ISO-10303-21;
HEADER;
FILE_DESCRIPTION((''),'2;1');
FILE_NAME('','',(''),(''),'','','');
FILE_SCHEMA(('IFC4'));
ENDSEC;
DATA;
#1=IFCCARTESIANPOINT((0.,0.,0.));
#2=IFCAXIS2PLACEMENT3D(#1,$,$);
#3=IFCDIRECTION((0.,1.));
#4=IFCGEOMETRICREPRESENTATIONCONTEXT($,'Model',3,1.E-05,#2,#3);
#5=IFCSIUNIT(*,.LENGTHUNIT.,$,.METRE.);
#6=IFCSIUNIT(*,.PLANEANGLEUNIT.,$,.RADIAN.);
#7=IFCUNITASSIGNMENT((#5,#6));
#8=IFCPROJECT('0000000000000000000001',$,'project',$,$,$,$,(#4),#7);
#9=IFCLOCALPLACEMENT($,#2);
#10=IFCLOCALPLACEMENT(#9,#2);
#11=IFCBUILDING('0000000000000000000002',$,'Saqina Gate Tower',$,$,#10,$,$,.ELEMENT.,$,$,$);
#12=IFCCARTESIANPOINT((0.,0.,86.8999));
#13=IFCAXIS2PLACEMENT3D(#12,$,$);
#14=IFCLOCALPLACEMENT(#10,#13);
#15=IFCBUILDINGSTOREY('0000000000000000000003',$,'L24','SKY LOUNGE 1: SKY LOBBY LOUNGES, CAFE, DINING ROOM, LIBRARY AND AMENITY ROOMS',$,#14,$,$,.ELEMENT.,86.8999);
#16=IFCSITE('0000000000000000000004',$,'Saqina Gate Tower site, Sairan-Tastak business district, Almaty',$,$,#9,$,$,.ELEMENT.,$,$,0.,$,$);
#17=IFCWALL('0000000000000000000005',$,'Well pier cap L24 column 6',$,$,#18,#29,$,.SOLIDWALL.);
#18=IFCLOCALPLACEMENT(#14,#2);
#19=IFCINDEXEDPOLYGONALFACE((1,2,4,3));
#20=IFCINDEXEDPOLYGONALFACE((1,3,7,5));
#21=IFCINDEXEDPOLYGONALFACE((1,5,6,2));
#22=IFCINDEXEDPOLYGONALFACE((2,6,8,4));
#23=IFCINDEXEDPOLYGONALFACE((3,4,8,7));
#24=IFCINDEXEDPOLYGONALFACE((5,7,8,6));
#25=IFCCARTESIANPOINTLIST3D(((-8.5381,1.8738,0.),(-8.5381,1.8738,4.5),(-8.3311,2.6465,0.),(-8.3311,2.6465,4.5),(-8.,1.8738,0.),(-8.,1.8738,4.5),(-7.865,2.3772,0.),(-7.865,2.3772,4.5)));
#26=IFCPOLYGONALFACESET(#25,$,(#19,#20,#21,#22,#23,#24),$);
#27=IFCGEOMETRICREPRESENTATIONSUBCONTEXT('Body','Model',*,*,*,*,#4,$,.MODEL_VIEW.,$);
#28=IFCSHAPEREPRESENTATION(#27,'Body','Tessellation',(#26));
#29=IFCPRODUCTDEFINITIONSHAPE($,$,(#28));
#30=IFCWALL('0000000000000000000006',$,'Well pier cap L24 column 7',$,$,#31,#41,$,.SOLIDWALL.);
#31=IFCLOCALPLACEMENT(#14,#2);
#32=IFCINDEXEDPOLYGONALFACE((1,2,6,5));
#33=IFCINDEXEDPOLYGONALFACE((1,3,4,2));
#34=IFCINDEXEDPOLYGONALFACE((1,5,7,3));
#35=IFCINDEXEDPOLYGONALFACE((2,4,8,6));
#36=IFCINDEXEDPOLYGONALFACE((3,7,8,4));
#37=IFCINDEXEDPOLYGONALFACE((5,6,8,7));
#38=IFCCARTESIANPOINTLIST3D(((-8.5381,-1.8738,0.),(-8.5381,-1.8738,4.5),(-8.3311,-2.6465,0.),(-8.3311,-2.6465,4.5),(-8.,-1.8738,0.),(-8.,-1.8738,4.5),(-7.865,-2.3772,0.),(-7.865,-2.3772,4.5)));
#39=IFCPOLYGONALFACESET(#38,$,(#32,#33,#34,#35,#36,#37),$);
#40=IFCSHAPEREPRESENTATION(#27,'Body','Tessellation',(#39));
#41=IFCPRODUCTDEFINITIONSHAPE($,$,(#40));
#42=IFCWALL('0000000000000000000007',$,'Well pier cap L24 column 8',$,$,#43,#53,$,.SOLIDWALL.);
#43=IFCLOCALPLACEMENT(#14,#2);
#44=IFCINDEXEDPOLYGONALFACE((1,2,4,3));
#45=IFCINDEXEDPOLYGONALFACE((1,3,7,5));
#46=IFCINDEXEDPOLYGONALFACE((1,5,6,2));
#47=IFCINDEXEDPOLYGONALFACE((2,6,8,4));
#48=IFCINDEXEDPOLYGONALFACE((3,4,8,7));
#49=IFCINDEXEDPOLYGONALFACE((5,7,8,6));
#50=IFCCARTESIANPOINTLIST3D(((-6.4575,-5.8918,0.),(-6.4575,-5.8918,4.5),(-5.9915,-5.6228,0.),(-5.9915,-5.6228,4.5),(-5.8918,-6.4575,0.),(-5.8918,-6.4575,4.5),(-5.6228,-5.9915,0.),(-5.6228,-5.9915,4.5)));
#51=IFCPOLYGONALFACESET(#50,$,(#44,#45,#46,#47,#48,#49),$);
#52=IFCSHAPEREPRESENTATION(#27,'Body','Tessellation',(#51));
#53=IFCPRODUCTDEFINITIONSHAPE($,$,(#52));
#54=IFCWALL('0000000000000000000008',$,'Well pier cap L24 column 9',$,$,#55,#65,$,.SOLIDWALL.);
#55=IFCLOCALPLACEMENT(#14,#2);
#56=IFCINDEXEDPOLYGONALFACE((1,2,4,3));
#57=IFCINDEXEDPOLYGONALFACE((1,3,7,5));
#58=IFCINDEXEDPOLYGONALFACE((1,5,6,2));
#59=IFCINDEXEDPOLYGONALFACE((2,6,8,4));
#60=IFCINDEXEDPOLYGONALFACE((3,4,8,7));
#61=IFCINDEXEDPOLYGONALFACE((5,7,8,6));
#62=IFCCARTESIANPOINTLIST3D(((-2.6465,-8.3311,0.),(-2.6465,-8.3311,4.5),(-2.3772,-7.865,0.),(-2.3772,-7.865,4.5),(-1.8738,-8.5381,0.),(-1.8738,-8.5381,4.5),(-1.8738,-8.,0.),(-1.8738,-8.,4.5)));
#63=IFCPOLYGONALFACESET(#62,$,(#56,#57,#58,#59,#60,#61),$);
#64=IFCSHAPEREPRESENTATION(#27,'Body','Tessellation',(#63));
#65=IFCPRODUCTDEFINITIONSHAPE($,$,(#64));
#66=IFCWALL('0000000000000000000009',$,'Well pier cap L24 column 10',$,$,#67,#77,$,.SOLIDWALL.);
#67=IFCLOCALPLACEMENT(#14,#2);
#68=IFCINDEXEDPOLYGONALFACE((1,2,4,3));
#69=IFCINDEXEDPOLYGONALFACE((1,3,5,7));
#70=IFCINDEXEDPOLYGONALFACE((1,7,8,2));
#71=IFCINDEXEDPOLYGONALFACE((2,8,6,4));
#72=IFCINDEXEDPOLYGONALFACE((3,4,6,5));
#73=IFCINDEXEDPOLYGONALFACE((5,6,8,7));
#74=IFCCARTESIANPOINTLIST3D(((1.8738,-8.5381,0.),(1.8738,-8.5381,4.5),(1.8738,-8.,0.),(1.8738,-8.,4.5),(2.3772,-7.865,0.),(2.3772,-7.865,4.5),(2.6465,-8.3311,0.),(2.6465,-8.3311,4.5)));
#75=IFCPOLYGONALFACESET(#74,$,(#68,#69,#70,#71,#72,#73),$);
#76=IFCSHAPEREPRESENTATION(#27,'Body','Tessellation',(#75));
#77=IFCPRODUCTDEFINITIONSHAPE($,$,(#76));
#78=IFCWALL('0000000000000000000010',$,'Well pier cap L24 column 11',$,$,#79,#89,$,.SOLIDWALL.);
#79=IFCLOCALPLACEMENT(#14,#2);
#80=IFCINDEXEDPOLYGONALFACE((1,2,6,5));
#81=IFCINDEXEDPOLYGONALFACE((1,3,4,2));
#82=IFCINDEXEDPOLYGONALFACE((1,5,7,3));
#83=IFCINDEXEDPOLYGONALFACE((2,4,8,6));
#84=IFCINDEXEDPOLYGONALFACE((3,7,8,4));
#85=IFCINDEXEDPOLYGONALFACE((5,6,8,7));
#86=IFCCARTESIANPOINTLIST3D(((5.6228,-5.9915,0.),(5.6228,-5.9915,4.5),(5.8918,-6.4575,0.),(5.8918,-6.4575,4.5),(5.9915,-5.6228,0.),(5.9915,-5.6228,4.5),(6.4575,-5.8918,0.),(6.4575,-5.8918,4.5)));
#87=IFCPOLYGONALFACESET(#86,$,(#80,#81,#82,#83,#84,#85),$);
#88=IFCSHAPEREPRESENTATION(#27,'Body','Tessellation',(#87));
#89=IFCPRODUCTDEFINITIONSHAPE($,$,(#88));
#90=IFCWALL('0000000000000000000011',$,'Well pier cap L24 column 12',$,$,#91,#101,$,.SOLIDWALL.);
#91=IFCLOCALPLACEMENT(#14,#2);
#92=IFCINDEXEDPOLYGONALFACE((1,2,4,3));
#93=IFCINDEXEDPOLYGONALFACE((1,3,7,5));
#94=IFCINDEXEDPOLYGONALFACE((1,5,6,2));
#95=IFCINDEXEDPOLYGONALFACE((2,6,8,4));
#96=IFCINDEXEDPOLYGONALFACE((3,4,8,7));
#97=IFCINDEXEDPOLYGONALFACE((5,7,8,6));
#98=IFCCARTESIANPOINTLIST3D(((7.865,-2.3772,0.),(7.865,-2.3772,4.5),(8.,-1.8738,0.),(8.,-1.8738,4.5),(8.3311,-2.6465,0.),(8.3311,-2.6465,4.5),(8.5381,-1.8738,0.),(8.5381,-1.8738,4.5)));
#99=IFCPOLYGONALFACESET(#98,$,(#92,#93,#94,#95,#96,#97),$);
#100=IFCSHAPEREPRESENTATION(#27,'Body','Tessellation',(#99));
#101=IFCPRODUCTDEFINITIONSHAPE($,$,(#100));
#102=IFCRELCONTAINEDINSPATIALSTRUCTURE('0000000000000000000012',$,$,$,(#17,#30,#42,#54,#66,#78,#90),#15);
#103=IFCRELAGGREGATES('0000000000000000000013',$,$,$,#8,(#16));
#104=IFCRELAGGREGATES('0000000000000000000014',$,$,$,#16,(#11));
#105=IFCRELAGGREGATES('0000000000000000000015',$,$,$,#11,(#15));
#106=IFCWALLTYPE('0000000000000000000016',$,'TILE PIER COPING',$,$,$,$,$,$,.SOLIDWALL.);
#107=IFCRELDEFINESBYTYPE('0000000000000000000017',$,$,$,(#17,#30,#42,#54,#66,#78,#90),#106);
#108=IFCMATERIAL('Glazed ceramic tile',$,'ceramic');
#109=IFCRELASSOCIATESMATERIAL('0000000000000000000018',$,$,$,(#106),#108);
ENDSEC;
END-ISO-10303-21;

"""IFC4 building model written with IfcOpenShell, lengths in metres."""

from ifc_helpers import new_model, si_unit, direction, frame, origin, place, context, subcontext, project, spatial, polyline, outline, extrude, material, type_object, element, save


model = new_model("IFC4")

# Units and contexts
model_context = context("Model", 3, precision=1e-05, world=origin(), true_north=direction((0.0, 1.0)))
body_context = subcontext(model_context, "Body", "Model", "MODEL_VIEW")
ifc_project = project(units=[si_unit("LENGTHUNIT", "METRE"), si_unit("PLANEANGLEUNIT", "RADIAN")], contexts=[model_context])

# Site, building, storey
site_placement = place(None, origin())
site = spatial("IfcSite", under=ifc_project, at=site_placement, Name="Saqina Gate Tower site, Sairan-Tastak business district, Almaty", CompositionType="ELEMENT", RefElevation=0.0)
building_placement = place(site_placement, origin())
building = spatial("IfcBuilding", under=site, at=building_placement, Name="Saqina Gate Tower", CompositionType="ELEMENT")
storey_placement = place(building_placement, frame((0.0, 0.0, 86.8999)))
storey = spatial("IfcBuildingStorey", under=building, at=storey_placement, Name="L24", Description="SKY LOUNGE 1: SKY LOBBY LOUNGES, CAFE, DINING ROOM, LIBRARY AND AMENITY ROOMS", CompositionType="ELEMENT", Elevation=86.8999)

# Walls
ifc_material_1 = material(Name="Glazed ceramic tile", Category="ceramic")
wall_type = type_object("IfcWallType", Name="TILE PIER COPING", PredefinedType="SOLIDWALL", material=ifc_material_1)
wall_1_placement = place(storey_placement, origin())
element("IfcWall", 1, at=wall_1_placement, inside=storey, type_object=wall_type, Name="Well pier cap L24 column 6", PredefinedType="SOLIDWALL", context=body_context, shape_type="SweptSolid", body=[
    extrude(outline(polyline([(-8.5381, 1.8738), (-8.0, 1.8738), (-7.865, 2.3772), (-8.3311, 2.6465), (-8.5381, 1.8738)])), origin(), (0.0, 0.0, 1.0), 4.5),
])
wall_2_placement = place(storey_placement, origin())
element("IfcWall", 2, at=wall_2_placement, inside=storey, type_object=wall_type, Name="Well pier cap L24 column 7", PredefinedType="SOLIDWALL", context=body_context, shape_type="SweptSolid", body=[
    extrude(outline(polyline([(-8.3311, -2.6465), (-7.865, -2.3772), (-8.0, -1.8738), (-8.5381, -1.8738), (-8.3311, -2.6465)])), origin(), (0.0, 0.0, 1.0), 4.5),
])
wall_3_placement = place(storey_placement, origin())
element("IfcWall", 3, at=wall_3_placement, inside=storey, type_object=wall_type, Name="Well pier cap L24 column 8", PredefinedType="SOLIDWALL", context=body_context, shape_type="SweptSolid", body=[
    extrude(outline(polyline([(-6.4575, -5.8918), (-5.8918, -6.4575), (-5.6228, -5.9915), (-5.9915, -5.6228), (-6.4575, -5.8918)])), origin(), (0.0, 0.0, 1.0), 4.5),
])
wall_4_placement = place(storey_placement, origin())
element("IfcWall", 4, at=wall_4_placement, inside=storey, type_object=wall_type, Name="Well pier cap L24 column 9", PredefinedType="SOLIDWALL", context=body_context, shape_type="SweptSolid", body=[
    extrude(outline(polyline([(-1.8738, -8.5381), (-1.8738, -8.0), (-2.3772, -7.865), (-2.6465, -8.3311), (-1.8738, -8.5381)])), origin(), (0.0, 0.0, 1.0), 4.5),
])
wall_5_placement = place(storey_placement, origin())
element("IfcWall", 5, at=wall_5_placement, inside=storey, type_object=wall_type, Name="Well pier cap L24 column 10", PredefinedType="SOLIDWALL", context=body_context, shape_type="SweptSolid", body=[
    extrude(outline(polyline([(2.6465, -8.3311), (2.3772, -7.865), (1.8738, -8.0), (1.8738, -8.5381), (2.6465, -8.3311)])), origin(), (0.0, 0.0, 1.0), 4.5),
])
wall_6_placement = place(storey_placement, origin())
element("IfcWall", 6, at=wall_6_placement, inside=storey, type_object=wall_type, Name="Well pier cap L24 column 11", PredefinedType="SOLIDWALL", context=body_context, shape_type="SweptSolid", body=[
    extrude(outline(polyline([(5.8918, -6.4575), (6.4575, -5.8918), (5.9915, -5.6228), (5.6228, -5.9915), (5.8918, -6.4575)])), origin(), (0.0, 0.0, 1.0), 4.5),
])
wall_7_placement = place(storey_placement, origin())
element("IfcWall", 7, at=wall_7_placement, inside=storey, type_object=wall_type, Name="Well pier cap L24 column 12", PredefinedType="SOLIDWALL", context=body_context, shape_type="SweptSolid", body=[
    extrude(outline(polyline([(8.5381, -1.8738), (8.0, -1.8738), (7.865, -2.3772), (8.3311, -2.6465), (8.5381, -1.8738)])), origin(), (0.0, 0.0, 1.0), 4.5),
])

save(model, "model.ifc")
